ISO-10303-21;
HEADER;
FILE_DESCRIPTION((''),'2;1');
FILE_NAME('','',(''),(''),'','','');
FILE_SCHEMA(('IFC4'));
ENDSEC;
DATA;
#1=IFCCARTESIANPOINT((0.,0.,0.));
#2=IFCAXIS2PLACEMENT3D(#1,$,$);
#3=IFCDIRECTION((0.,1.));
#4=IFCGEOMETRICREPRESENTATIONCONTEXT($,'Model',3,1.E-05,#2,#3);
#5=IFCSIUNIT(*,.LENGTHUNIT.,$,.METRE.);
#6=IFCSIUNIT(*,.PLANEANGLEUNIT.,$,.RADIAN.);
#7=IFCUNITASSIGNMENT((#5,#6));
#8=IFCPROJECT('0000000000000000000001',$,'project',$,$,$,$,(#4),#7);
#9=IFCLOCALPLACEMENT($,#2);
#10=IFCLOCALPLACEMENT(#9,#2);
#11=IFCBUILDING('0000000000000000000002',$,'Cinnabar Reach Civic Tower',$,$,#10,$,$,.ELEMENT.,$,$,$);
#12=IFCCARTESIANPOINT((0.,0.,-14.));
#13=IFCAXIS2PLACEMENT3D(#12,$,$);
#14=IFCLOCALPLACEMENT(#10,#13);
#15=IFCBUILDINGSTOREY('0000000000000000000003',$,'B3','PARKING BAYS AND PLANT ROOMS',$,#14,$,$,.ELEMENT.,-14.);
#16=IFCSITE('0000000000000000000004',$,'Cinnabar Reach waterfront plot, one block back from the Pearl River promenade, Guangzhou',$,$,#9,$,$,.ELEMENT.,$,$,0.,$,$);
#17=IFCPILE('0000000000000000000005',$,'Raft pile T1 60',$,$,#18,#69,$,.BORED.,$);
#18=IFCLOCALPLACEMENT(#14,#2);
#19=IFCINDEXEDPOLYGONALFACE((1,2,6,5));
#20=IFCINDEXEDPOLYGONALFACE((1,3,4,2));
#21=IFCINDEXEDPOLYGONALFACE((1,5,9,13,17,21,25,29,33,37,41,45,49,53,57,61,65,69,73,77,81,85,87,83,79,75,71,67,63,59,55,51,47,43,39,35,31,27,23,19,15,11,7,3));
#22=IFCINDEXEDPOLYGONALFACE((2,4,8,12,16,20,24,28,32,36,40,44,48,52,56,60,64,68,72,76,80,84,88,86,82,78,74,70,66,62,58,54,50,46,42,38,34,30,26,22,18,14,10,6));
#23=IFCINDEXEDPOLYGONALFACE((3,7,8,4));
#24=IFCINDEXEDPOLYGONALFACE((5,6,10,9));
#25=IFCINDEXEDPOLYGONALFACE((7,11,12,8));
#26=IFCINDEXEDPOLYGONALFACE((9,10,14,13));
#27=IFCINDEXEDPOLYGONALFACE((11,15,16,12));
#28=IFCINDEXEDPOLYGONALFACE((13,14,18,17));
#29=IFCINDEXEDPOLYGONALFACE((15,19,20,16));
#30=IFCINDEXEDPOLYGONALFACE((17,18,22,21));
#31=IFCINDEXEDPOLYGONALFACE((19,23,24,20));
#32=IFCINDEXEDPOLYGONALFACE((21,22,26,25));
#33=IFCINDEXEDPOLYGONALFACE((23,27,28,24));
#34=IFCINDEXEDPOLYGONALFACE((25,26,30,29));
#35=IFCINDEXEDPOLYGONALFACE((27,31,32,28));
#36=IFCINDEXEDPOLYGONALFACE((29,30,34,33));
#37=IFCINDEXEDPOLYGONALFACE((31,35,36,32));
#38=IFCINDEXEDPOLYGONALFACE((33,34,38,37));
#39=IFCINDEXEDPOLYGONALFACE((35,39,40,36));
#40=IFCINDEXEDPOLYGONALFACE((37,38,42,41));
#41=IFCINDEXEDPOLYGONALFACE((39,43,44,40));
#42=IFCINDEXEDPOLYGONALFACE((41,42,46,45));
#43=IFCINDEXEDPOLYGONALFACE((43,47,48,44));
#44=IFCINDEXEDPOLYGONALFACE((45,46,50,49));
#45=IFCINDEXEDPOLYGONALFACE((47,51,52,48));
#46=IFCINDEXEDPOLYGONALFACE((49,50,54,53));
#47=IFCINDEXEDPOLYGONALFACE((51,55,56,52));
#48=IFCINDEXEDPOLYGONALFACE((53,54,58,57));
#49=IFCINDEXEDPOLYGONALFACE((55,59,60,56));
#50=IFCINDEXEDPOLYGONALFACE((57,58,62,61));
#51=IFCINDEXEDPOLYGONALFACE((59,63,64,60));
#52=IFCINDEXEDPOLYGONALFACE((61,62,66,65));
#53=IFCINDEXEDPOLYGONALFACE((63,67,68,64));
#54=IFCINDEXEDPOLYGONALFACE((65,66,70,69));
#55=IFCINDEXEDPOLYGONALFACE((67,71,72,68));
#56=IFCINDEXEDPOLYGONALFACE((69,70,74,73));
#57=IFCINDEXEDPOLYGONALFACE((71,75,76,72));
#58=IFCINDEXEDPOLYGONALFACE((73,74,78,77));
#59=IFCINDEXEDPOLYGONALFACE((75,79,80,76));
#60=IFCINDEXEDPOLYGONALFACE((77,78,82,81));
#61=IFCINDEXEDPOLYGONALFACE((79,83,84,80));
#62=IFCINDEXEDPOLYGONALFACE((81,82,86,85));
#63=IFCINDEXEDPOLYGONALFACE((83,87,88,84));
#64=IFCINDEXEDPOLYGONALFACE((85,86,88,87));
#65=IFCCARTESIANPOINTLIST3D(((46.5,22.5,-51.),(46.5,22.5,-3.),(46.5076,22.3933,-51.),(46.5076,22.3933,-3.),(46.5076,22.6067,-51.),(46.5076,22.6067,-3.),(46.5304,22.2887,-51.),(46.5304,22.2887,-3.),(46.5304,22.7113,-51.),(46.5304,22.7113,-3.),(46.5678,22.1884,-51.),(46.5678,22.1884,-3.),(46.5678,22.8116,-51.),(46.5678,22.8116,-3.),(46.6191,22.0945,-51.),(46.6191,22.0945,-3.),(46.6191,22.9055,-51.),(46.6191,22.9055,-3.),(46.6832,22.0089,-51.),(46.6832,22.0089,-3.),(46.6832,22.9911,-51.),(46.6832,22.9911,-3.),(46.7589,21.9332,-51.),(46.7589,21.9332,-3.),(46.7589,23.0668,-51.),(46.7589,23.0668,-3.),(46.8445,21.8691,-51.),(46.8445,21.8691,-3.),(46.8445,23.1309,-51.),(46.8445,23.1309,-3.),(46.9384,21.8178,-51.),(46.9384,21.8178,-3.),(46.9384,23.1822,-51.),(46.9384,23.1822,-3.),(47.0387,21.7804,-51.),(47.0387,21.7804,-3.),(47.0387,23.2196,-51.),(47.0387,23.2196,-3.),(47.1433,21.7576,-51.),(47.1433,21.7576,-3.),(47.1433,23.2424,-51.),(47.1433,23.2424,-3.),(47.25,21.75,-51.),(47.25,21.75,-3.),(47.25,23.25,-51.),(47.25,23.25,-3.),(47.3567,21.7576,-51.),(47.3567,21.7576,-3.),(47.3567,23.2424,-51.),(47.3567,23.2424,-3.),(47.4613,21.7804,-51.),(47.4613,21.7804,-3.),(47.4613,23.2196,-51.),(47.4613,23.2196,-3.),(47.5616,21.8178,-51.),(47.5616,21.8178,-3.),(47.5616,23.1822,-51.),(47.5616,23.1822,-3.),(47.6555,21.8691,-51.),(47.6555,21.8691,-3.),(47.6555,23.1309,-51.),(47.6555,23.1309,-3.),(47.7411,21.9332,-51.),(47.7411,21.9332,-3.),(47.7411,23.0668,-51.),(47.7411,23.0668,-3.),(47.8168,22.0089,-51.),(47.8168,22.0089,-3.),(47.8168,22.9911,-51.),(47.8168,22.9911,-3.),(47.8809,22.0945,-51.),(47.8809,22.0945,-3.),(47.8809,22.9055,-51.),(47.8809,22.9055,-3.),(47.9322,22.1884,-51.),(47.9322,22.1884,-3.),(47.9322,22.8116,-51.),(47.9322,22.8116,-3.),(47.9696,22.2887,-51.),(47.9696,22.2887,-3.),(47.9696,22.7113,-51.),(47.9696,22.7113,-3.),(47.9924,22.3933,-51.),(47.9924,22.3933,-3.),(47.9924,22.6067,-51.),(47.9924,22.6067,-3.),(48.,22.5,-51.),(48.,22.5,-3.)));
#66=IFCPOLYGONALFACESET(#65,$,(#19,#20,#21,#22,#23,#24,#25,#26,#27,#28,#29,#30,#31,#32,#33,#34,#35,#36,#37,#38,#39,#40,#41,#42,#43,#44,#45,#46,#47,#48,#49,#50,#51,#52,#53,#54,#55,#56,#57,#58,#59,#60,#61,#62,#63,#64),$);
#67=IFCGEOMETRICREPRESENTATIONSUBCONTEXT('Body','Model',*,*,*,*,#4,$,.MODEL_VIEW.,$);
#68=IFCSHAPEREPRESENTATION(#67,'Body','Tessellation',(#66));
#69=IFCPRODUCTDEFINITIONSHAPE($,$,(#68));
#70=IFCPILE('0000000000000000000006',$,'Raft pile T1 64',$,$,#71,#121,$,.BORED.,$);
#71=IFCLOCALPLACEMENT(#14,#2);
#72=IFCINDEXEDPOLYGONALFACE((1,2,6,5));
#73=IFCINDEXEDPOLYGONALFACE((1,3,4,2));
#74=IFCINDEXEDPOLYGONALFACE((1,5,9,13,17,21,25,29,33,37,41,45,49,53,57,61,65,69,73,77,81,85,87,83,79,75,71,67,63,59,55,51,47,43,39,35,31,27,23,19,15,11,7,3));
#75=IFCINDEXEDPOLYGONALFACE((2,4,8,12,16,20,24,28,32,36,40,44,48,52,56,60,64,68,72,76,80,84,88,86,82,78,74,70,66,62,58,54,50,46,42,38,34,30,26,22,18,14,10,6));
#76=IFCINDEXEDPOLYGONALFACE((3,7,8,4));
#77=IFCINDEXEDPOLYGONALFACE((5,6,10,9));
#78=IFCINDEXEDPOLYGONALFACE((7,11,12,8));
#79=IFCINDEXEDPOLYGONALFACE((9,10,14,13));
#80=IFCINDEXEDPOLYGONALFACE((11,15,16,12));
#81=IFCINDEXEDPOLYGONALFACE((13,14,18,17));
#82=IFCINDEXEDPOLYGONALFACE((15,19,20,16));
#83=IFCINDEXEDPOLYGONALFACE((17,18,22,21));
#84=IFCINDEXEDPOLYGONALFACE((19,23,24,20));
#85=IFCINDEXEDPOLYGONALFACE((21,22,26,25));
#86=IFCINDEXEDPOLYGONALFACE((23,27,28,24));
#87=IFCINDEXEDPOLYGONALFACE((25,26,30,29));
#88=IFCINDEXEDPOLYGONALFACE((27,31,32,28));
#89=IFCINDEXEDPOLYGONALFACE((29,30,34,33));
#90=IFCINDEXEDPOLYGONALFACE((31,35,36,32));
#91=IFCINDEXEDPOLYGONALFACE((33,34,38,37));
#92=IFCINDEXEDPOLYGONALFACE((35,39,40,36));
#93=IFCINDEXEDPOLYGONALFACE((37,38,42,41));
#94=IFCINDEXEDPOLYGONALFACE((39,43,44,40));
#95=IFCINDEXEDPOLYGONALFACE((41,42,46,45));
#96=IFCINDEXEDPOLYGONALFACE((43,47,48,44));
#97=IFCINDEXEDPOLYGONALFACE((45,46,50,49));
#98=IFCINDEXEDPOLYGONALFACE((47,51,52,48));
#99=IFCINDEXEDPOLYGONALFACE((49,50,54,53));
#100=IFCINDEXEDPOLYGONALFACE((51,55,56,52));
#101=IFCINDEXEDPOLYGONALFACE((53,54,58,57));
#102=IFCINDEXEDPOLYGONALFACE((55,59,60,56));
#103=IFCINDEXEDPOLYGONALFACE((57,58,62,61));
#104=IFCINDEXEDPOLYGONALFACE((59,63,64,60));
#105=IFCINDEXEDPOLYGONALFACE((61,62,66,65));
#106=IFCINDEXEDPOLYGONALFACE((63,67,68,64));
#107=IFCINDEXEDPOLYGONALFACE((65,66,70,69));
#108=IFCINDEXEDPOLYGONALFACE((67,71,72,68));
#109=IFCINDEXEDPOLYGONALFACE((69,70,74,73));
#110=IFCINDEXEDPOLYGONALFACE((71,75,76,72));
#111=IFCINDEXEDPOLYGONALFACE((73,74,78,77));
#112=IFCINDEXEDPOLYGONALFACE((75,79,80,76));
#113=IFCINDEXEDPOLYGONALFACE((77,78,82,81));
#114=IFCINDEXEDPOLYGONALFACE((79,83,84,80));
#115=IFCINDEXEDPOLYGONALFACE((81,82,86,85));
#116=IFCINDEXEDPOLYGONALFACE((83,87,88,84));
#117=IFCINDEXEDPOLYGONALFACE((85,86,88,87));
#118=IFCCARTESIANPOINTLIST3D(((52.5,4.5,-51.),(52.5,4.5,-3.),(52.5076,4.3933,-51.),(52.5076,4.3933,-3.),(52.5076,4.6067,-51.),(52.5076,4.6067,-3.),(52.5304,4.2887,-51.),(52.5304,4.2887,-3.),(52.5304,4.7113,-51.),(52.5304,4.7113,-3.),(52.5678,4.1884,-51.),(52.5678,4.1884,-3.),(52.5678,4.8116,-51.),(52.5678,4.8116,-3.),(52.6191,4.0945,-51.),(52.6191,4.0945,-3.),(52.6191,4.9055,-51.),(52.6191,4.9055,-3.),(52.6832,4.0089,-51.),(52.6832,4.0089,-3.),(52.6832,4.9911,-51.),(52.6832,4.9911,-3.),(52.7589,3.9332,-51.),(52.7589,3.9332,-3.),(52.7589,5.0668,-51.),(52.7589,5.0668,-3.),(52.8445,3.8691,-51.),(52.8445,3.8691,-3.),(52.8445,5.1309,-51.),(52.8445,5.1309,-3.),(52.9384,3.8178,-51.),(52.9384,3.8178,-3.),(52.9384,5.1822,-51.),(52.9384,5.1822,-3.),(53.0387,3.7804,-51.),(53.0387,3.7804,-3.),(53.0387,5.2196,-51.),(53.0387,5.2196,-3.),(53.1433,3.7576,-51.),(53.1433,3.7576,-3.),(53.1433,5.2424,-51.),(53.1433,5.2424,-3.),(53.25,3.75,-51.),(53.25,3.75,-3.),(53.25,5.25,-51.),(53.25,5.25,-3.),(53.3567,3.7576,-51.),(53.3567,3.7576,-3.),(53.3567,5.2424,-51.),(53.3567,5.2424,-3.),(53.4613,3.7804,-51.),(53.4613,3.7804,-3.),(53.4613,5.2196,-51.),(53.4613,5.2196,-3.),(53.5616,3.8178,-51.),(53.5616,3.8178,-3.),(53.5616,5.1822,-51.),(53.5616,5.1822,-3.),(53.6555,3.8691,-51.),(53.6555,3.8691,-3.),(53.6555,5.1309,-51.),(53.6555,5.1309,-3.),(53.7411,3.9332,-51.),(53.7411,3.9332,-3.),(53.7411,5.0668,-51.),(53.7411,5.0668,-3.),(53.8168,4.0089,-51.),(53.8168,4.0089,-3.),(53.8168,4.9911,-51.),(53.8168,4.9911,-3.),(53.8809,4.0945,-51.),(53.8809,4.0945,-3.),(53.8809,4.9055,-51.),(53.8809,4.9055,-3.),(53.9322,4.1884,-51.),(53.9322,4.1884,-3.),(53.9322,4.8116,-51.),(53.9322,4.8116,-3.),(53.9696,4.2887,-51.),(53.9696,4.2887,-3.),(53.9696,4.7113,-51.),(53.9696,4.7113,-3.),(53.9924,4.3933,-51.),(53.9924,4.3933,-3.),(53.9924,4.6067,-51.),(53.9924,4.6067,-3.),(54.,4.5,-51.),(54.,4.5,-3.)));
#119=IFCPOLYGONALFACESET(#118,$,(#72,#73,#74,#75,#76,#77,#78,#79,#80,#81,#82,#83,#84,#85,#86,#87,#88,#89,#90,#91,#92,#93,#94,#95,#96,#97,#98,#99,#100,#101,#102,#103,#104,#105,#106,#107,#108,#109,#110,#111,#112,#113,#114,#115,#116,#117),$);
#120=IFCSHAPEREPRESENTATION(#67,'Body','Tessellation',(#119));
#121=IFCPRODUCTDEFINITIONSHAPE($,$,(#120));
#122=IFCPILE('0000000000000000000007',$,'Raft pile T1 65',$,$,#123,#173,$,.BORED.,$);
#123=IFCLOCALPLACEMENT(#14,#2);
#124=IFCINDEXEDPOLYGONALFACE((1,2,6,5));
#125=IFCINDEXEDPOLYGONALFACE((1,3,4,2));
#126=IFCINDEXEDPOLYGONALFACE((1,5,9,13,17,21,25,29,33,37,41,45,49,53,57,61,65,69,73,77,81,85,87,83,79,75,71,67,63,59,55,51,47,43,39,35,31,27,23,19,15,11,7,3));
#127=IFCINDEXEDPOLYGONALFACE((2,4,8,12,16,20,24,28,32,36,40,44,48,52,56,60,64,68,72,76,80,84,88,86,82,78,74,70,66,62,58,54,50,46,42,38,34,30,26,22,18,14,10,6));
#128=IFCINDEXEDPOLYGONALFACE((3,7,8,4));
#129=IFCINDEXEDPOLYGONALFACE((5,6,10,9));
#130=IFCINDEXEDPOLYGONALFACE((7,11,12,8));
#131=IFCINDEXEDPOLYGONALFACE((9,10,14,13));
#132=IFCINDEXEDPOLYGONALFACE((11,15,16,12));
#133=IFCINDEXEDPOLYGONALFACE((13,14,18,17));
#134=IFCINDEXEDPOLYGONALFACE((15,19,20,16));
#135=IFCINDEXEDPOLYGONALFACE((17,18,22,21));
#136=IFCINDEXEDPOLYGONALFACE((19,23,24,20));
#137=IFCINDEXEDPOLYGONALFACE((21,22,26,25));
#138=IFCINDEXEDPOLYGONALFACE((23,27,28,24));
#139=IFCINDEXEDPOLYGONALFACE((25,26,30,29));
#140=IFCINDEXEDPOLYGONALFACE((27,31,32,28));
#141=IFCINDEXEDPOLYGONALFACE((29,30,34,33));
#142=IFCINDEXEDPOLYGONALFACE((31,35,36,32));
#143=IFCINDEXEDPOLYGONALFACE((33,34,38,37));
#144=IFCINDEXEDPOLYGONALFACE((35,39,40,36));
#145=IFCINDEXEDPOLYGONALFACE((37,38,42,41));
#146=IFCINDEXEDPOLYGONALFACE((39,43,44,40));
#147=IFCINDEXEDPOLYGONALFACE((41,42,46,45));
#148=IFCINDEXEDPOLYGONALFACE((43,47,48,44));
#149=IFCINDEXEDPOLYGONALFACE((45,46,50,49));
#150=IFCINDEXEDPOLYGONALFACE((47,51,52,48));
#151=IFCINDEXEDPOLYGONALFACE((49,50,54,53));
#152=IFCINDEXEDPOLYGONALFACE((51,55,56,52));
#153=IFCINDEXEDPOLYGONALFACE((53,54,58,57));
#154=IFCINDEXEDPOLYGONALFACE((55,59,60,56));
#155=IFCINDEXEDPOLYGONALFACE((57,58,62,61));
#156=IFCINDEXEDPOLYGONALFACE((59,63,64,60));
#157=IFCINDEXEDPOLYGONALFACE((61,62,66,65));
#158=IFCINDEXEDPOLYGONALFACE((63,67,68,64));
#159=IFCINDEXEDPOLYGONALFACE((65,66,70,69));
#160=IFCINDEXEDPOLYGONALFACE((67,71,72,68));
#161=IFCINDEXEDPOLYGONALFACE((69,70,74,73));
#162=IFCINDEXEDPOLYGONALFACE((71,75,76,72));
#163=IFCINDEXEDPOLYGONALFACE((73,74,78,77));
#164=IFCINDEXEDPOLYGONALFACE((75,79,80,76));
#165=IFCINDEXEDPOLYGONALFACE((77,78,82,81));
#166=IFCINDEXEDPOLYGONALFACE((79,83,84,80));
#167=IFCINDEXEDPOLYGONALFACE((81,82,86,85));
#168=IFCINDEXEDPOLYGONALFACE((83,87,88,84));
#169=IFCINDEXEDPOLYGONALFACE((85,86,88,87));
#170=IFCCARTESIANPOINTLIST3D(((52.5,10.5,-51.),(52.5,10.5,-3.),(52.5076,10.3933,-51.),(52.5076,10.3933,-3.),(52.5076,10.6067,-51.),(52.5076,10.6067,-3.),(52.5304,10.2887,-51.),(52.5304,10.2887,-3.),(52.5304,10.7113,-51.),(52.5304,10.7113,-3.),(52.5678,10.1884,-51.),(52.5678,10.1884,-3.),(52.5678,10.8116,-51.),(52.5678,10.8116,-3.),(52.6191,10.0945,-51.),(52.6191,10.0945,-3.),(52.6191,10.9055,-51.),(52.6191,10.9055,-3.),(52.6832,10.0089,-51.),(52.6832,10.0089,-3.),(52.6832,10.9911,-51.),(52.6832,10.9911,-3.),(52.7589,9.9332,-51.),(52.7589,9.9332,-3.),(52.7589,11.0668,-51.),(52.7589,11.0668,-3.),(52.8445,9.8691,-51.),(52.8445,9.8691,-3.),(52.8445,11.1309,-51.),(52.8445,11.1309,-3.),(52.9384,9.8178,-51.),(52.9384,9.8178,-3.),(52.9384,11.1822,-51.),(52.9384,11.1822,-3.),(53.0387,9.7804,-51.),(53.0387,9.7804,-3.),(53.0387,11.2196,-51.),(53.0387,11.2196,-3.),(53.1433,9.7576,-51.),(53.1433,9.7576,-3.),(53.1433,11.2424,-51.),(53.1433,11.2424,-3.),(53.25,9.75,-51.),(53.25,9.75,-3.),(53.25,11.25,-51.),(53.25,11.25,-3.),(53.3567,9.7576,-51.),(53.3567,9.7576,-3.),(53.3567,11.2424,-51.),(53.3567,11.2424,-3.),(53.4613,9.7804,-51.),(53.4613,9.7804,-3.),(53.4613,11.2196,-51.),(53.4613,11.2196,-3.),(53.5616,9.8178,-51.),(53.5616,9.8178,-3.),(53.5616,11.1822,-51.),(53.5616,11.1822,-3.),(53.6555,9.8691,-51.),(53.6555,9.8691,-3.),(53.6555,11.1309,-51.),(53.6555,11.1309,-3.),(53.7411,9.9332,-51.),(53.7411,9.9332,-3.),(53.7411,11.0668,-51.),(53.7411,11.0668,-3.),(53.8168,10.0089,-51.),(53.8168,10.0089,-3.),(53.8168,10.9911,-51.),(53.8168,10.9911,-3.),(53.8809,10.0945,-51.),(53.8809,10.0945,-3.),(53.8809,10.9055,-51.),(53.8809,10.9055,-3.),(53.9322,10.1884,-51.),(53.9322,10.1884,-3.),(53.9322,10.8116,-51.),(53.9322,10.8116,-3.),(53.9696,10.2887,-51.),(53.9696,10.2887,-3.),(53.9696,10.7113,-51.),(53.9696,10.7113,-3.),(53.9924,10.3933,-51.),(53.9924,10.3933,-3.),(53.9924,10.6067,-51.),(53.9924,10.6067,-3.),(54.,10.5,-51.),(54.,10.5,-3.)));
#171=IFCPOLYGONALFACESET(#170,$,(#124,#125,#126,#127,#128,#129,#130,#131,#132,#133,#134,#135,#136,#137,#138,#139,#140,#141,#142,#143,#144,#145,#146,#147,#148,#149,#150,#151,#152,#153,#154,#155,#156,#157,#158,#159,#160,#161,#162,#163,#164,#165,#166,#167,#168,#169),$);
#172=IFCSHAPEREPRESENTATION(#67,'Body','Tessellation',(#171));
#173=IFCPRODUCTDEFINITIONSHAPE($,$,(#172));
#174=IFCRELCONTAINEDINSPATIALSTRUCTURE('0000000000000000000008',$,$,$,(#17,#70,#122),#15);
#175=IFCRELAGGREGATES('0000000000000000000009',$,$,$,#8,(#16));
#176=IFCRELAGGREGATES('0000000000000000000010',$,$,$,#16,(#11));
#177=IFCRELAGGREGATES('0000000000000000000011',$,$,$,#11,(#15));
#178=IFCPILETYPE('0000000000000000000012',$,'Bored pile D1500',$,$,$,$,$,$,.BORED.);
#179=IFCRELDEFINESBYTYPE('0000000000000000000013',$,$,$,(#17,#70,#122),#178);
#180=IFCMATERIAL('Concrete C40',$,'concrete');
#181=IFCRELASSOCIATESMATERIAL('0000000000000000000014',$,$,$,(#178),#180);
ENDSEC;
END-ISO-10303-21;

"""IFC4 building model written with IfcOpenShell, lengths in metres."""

from ifc_helpers import new_model, si_unit, direction, frame, origin, origin_2d, place, context, subcontext, project, spatial, circle, extrude, material, type_object, element, save


model = new_model("IFC4")

# Units and contexts
model_context = context("Model", 3, precision=1e-05, world=origin(), true_north=direction((0.0, 1.0)))
body_context = subcontext(model_context, "Body", "Model", "MODEL_VIEW")
ifc_project = project(units=[si_unit("LENGTHUNIT", "METRE"), si_unit("PLANEANGLEUNIT", "RADIAN")], contexts=[model_context])

# Site, building, storey
site_placement = place(None, origin())
site = spatial("IfcSite", under=ifc_project, at=site_placement, Name="Cinnabar Reach waterfront plot, one block back from the Pearl River promenade, Guangzhou", CompositionType="ELEMENT", RefElevation=0.0)
building_placement = place(site_placement, origin())
building = spatial("IfcBuilding", under=site, at=building_placement, Name="Cinnabar Reach Civic Tower", CompositionType="ELEMENT")
storey_placement = place(building_placement, frame((0.0, 0.0, -14.0)))
storey = spatial("IfcBuildingStorey", under=building, at=storey_placement, Name="B3", Description="PARKING BAYS AND PLANT ROOMS", CompositionType="ELEMENT", Elevation=-14.0)

# Piles
ifc_material_1 = material(Name="Concrete C40", Category="concrete")
pile_type_1 = type_object("IfcPileType", Name="Bored pile D1500", PredefinedType="BORED", material=ifc_material_1)
for number, where, z_axis, x_axis, name in (
    (1, (47.25, 22.5, -3.0), (0.0, 0.0, -1.0), (1.0, 0.0, 0.0), "Raft pile T1 60"),
    (2, (53.25, 4.5, -3.0), (0.0, 0.0, -1.0), (1.0, 0.0, 0.0), "Raft pile T1 64"),
    (3, (53.25, 10.5, -3.0), (0.0, 0.0, -1.0), (1.0, 0.0, 0.0), "Raft pile T1 65"),
):
    element("IfcPile", number, at=place(storey_placement, frame(where, z_axis=z_axis, x_axis=x_axis)), inside=storey, type_object=pile_type_1, Name=name, PredefinedType="BORED", context=body_context, shape_type="SweptSolid", body=[
        extrude(circle(Radius=0.75, at=origin_2d()), origin(), (0.0, 0.0, 1.0), 48.0),
    ])

save(model, "model.ifc")
